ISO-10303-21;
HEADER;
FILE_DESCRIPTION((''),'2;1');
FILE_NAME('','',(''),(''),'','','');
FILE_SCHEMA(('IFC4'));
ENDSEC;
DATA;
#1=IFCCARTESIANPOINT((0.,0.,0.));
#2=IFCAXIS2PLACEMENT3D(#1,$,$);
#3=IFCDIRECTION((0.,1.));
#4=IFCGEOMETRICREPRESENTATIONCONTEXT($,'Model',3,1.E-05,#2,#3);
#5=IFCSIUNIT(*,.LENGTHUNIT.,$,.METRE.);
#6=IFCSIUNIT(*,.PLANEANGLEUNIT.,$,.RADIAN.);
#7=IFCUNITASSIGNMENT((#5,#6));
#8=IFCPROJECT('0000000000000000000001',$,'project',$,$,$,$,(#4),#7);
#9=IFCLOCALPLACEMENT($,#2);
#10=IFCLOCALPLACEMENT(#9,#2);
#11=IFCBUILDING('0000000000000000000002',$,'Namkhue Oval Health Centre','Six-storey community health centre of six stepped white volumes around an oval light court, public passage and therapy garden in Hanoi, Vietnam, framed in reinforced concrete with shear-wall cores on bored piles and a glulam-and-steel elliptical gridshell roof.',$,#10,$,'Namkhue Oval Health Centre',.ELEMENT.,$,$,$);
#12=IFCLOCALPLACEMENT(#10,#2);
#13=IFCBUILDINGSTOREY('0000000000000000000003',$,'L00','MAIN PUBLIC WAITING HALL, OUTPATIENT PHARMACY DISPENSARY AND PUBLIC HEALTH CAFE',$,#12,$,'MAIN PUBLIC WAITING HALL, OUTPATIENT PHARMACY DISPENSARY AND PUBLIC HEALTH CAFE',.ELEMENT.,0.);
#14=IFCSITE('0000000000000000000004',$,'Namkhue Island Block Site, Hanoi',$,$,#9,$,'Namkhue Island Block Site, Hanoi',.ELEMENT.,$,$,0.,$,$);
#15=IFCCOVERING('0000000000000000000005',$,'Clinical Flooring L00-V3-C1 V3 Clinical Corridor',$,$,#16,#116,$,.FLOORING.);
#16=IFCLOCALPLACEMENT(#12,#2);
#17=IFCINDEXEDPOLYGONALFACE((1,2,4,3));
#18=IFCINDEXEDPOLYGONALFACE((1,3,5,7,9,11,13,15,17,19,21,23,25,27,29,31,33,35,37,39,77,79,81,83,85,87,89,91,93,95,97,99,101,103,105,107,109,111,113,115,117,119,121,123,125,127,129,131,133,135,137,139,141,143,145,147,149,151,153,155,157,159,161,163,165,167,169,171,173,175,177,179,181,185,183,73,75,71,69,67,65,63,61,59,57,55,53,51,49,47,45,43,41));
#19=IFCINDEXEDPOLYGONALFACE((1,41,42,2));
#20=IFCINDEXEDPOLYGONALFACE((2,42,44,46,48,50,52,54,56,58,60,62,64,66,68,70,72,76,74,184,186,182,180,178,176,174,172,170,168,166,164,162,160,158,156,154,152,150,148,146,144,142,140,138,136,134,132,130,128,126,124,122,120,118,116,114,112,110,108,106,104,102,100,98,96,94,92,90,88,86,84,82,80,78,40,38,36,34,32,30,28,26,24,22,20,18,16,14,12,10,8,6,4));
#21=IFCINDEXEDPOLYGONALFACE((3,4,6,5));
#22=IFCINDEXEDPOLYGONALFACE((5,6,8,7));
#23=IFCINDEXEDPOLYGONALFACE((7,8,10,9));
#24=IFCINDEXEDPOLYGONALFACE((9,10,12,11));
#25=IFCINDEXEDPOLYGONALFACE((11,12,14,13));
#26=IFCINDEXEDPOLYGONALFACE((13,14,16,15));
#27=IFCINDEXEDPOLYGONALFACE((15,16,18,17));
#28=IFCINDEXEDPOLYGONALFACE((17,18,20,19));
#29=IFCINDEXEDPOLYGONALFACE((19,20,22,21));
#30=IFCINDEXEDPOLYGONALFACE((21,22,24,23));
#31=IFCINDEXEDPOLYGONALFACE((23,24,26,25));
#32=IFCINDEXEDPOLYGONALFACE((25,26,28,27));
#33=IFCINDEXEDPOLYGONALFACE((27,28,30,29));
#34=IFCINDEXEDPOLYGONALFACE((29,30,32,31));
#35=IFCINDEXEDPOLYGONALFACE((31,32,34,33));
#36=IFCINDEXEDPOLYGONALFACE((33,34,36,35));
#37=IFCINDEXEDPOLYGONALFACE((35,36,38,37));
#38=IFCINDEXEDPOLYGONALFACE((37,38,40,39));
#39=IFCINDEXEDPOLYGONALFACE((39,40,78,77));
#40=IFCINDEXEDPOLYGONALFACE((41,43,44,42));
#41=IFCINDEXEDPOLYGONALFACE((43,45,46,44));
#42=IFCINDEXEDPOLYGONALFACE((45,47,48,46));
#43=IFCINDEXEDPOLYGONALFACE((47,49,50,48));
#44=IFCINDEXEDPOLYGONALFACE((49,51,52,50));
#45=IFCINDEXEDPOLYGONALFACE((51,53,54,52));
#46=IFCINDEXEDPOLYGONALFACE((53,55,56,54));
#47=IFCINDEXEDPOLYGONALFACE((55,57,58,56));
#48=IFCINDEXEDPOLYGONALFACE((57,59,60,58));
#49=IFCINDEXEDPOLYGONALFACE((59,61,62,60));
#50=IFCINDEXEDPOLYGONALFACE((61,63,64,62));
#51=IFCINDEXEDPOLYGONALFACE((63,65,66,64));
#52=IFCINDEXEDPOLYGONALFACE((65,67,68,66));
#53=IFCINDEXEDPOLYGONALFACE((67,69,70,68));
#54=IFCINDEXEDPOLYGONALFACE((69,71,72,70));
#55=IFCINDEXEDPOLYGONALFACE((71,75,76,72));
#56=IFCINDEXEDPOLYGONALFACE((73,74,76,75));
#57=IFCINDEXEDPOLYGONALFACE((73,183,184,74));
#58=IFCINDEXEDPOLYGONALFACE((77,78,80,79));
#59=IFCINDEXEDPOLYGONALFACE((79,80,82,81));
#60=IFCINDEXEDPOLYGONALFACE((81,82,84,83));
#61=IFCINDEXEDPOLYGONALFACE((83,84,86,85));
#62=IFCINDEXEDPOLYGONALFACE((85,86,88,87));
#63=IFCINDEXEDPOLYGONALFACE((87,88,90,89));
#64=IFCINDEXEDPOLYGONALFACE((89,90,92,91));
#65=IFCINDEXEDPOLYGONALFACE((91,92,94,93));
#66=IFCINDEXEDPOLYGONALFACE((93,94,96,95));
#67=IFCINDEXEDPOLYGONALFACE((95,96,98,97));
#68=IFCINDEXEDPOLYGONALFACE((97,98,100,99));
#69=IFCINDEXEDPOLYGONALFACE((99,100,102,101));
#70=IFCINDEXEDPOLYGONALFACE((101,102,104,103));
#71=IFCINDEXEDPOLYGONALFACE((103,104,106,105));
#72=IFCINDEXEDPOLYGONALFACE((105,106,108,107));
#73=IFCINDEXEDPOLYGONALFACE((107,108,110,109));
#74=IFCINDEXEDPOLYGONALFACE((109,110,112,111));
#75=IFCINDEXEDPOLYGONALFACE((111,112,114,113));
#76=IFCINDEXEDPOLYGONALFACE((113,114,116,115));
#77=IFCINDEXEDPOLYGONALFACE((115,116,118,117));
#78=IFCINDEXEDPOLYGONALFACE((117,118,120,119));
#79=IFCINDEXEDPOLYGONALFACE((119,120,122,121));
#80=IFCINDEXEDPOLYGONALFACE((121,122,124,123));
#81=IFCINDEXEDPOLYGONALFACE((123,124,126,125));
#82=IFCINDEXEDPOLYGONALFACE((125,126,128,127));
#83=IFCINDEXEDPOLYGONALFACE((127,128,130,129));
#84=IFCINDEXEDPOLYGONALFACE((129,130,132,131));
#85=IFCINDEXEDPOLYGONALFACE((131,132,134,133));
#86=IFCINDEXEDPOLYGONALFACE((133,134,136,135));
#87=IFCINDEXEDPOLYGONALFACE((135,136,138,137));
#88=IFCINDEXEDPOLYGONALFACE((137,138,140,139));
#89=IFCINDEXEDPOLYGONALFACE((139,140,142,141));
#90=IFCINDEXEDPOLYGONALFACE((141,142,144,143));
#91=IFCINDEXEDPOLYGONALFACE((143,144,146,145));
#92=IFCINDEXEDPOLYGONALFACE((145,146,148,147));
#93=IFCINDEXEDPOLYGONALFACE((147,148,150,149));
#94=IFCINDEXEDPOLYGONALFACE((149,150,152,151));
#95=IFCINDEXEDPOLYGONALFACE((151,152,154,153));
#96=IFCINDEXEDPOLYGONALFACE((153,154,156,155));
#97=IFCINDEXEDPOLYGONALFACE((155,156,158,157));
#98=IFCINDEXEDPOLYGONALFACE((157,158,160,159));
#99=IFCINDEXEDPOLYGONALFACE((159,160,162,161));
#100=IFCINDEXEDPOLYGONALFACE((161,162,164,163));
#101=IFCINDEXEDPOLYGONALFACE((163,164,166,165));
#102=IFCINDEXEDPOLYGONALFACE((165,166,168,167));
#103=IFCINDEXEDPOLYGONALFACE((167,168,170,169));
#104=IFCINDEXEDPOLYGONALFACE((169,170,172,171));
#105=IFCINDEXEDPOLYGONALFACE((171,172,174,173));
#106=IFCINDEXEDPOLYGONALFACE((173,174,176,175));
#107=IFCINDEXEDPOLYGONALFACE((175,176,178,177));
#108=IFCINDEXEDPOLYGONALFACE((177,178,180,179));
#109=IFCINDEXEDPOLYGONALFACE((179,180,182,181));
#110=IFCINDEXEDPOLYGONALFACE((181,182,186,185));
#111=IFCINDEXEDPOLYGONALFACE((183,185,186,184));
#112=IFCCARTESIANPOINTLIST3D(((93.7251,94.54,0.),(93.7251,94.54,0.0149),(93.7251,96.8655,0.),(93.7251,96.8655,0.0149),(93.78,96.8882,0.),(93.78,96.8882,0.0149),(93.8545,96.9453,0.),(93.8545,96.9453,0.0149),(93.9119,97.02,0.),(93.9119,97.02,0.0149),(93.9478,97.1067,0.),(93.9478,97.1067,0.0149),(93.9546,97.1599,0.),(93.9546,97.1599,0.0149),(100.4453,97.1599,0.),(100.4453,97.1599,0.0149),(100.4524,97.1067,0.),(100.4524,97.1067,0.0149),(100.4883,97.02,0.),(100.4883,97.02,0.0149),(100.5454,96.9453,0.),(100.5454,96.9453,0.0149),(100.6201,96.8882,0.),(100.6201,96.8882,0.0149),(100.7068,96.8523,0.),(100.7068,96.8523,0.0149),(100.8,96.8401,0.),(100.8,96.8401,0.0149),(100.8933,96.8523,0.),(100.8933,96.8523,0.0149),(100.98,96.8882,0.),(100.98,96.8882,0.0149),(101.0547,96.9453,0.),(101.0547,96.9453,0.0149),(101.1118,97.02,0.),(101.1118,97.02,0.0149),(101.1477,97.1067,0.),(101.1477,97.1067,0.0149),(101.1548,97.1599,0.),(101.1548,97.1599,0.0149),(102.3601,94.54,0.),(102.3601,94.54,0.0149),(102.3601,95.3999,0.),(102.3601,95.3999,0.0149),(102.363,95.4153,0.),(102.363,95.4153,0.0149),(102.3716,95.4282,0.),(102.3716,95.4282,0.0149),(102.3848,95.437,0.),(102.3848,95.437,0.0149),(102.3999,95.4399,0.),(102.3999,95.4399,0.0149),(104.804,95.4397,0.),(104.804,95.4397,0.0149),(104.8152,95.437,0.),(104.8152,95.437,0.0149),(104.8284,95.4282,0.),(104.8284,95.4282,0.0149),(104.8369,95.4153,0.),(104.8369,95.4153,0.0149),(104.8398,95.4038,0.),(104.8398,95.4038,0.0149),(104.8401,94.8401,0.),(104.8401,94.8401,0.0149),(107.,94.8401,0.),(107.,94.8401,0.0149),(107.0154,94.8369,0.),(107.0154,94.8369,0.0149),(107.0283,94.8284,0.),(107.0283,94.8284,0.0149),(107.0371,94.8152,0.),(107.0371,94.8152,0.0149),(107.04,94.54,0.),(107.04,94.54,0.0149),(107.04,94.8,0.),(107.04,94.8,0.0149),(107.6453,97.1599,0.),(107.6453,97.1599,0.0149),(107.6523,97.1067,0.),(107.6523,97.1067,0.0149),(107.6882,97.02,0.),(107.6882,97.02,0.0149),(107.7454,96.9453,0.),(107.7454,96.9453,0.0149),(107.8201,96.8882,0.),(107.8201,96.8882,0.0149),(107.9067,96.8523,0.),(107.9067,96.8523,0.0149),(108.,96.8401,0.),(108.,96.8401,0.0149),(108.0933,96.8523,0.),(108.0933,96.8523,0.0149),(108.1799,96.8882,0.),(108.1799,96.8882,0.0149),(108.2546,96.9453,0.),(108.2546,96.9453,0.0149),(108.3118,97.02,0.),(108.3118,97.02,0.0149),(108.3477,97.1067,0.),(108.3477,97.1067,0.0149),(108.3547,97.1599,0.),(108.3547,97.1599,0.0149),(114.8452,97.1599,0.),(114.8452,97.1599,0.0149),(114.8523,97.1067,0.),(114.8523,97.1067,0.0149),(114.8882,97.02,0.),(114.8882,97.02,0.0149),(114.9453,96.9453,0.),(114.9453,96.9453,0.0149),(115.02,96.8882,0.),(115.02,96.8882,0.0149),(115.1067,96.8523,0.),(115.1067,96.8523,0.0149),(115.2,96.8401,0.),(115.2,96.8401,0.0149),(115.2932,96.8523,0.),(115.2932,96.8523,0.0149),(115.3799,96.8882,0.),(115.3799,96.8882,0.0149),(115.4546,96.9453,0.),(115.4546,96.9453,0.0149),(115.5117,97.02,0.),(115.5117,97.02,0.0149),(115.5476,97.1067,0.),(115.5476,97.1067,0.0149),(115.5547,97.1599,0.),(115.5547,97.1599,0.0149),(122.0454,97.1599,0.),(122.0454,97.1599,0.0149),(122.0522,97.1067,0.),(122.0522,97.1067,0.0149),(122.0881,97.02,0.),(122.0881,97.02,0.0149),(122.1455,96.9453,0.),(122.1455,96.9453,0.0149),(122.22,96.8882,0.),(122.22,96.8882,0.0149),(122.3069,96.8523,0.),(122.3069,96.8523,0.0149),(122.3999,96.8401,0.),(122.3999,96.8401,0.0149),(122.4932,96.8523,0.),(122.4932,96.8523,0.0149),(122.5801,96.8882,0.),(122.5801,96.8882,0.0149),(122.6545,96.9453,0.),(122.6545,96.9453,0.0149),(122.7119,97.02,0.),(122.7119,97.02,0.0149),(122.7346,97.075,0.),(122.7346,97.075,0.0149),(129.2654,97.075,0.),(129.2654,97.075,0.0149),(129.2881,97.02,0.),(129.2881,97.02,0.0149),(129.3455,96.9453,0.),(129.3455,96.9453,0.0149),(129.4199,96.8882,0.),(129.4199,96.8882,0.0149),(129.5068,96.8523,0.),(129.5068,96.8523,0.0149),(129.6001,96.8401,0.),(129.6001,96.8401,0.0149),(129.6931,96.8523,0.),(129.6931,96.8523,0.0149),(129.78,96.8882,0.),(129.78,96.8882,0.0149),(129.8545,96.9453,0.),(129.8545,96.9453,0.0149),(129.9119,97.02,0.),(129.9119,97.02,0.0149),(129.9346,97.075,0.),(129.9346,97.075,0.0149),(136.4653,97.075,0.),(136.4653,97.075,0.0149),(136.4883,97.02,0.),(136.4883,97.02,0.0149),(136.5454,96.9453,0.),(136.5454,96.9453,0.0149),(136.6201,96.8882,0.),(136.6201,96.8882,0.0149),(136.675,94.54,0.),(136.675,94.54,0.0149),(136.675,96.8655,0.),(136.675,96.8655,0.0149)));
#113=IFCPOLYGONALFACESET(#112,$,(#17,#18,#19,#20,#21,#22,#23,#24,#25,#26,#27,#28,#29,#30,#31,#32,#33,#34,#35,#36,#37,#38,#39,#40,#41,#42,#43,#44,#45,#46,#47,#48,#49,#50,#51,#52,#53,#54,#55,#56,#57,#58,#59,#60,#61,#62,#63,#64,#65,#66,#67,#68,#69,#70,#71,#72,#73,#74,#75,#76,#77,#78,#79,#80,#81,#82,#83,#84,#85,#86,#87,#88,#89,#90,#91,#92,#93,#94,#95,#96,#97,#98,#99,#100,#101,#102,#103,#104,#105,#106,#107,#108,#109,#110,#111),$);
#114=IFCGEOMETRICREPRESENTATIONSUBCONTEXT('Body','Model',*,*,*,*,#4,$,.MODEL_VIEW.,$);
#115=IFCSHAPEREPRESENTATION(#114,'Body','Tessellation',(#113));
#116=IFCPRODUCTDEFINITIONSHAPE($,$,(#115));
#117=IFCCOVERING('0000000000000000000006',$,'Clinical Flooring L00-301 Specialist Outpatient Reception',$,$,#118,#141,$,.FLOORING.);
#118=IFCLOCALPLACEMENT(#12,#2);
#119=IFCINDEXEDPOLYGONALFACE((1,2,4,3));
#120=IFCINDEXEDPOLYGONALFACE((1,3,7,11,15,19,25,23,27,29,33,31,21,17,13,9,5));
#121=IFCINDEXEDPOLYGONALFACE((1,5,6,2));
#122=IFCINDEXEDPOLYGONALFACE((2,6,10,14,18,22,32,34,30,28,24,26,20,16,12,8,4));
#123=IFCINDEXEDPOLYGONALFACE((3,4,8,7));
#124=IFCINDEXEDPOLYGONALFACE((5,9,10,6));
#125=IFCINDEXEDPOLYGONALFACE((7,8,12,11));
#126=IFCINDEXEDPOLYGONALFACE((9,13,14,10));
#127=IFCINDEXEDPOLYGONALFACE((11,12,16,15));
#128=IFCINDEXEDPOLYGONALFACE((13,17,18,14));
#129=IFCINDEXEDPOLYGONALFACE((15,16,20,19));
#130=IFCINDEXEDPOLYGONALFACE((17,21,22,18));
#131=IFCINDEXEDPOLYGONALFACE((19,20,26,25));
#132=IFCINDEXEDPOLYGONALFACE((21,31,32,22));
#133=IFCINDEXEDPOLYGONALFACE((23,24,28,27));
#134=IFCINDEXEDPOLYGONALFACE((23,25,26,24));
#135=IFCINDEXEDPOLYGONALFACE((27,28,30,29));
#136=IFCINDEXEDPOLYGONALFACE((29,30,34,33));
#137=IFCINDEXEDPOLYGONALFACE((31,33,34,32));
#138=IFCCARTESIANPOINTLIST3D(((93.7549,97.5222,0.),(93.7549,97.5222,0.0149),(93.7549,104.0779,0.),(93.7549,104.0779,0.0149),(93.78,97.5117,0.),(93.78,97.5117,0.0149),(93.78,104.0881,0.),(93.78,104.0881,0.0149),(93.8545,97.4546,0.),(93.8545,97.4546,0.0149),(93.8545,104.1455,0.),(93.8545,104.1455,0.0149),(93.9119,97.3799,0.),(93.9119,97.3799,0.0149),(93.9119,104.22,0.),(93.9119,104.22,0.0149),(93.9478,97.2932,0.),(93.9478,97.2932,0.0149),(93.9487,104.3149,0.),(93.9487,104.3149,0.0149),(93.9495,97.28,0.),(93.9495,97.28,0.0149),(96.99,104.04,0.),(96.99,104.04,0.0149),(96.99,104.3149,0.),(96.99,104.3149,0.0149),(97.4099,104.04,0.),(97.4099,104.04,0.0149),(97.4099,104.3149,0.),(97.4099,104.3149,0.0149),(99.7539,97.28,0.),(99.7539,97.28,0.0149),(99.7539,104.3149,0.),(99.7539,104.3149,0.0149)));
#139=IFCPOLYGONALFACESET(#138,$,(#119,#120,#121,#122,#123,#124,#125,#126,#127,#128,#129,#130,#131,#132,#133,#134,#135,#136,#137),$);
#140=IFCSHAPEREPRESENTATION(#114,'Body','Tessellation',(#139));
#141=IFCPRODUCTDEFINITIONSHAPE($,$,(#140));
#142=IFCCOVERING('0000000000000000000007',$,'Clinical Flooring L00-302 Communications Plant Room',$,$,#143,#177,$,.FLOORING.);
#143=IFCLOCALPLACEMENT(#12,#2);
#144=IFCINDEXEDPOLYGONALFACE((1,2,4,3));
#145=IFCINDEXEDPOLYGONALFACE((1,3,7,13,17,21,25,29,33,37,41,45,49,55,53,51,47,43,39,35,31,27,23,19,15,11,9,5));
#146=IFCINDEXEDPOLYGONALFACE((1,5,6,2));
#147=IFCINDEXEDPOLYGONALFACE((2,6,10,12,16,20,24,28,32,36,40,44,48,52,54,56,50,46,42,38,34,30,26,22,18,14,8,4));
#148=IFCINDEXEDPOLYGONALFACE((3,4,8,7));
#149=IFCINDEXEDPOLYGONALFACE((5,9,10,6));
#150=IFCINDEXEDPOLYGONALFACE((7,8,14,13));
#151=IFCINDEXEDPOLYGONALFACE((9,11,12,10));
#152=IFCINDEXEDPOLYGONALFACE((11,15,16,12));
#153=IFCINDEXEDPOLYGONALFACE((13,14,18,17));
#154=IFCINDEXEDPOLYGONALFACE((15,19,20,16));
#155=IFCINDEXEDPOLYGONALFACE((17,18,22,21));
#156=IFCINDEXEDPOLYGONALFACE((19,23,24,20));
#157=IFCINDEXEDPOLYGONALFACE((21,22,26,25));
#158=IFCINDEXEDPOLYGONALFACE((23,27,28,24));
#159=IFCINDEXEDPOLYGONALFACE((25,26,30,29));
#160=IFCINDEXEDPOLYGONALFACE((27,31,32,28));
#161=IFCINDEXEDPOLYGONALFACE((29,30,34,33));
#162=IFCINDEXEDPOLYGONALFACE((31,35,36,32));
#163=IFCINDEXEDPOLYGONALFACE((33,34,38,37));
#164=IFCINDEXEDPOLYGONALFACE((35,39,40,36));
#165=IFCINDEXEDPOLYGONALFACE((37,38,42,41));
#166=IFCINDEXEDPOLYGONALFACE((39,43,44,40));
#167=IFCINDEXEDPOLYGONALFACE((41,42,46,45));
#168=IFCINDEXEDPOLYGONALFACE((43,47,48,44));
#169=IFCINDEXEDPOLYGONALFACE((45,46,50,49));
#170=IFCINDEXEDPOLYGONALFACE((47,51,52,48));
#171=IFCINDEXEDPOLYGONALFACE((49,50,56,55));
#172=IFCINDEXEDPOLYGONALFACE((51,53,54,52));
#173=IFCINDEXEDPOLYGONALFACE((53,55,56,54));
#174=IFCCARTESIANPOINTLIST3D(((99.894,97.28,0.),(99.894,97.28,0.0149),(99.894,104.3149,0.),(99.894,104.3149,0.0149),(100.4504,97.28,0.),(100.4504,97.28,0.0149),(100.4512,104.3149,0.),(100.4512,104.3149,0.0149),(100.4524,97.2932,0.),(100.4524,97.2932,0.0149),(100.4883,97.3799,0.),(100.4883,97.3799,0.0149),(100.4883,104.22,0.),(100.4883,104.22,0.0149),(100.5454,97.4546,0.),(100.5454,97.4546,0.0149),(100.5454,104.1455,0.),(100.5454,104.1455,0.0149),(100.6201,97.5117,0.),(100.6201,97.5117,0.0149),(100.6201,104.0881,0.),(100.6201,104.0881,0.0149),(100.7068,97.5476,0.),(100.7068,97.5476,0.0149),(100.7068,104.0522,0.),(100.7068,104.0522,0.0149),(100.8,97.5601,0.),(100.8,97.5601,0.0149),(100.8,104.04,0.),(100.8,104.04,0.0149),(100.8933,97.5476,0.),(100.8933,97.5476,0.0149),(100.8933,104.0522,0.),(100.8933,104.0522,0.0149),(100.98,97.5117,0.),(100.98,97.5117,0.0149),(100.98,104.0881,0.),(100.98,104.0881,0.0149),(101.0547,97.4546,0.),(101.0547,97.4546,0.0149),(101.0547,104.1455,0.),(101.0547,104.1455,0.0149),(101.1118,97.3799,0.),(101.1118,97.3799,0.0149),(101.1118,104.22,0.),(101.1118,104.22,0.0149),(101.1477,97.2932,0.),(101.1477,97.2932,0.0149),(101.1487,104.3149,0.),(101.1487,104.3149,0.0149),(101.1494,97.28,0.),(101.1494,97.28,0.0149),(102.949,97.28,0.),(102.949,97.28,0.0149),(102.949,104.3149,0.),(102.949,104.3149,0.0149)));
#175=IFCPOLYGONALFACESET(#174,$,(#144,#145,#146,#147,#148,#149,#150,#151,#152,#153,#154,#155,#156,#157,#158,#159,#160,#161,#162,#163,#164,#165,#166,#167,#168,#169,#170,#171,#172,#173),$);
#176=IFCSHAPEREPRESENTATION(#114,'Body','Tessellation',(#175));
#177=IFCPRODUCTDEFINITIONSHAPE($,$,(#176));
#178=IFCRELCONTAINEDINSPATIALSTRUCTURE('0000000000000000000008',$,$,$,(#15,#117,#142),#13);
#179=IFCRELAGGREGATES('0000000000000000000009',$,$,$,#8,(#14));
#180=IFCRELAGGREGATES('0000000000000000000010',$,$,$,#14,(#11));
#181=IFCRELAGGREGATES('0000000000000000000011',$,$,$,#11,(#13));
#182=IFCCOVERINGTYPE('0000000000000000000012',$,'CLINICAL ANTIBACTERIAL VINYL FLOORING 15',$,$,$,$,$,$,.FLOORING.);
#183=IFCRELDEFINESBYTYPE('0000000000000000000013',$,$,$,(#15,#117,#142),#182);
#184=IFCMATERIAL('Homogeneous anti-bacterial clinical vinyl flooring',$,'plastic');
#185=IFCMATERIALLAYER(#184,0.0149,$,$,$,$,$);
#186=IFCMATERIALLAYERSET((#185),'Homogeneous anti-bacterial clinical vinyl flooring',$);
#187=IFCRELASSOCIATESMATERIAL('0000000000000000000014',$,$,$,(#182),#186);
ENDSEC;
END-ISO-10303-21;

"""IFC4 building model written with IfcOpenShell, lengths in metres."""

from ifc_helpers import new_model, si_unit, direction, origin, place, context, subcontext, project, spatial, polyline, outline, extrude, material, layer, layer_set, type_object, element, save


model = new_model("IFC4")

# Units and contexts
model_context = context("Model", 3, precision=1e-05, world=origin(), true_north=direction((0.0, 1.0)))
body_context = subcontext(model_context, "Body", "Model", "MODEL_VIEW")
ifc_project = project(units=[si_unit("LENGTHUNIT", "METRE"), si_unit("PLANEANGLEUNIT", "RADIAN")], contexts=[model_context])

# Site, building, storey
site_placement = place(None, origin())
site = spatial("IfcSite", under=ifc_project, at=site_placement, Name="Namkhue Island Block Site, Hanoi", LongName="Namkhue Island Block Site, Hanoi", CompositionType="ELEMENT", RefElevation=0.0)
building_placement = place(site_placement, origin())
building = spatial("IfcBuilding", under=site, at=building_placement, Name="Namkhue Oval Health Centre", Description="Six-storey community health centre of six stepped white volumes around an oval light court, public passage and therapy garden in Hanoi, Vietnam, framed in reinforced concrete with shear-wall cores on bored piles and a glulam-and-steel elliptical gridshell roof.", LongName="Namkhue Oval Health Centre", CompositionType="ELEMENT")
storey_placement = place(building_placement, origin())
storey = spatial("IfcBuildingStorey", under=building, at=storey_placement, Name="L00", Description="MAIN PUBLIC WAITING HALL, OUTPATIENT PHARMACY DISPENSARY AND PUBLIC HEALTH CAFE", LongName="MAIN PUBLIC WAITING HALL, OUTPATIENT PHARMACY DISPENSARY AND PUBLIC HEALTH CAFE", CompositionType="ELEMENT", Elevation=0.0)

# Coverings
ifc_material_1 = material(Name="Homogeneous anti-bacterial clinical vinyl flooring", Category="plastic")
ifc_layer_1 = layer(ifc_material_1, 0.0149)
ifc_layer_set_1 = layer_set([ifc_layer_1], Name="Homogeneous anti-bacterial clinical vinyl flooring")
covering_type = type_object("IfcCoveringType", Name="CLINICAL ANTIBACTERIAL VINYL FLOORING 15", PredefinedType="FLOORING", material=ifc_layer_set_1)
covering_1_placement = place(storey_placement, origin())
element("IfcCovering", 1, at=covering_1_placement, inside=storey, type_object=covering_type, Name="Clinical Flooring L00-V3-C1 V3 Clinical Corridor", PredefinedType="FLOORING", context=body_context, shape_type="SweptSolid", body=[
    extrude(outline(polyline([(107.04, 94.8), (107.0371, 94.8152), (107.0283, 94.8284), (107.0154, 94.8369), (107.0, 94.8401), (104.8401, 94.8401), (104.8398, 95.4038), (104.8369, 95.4153), (104.8284, 95.4282), (104.8152, 95.437), (104.804, 95.4397), (102.3999, 95.4399), (102.3848, 95.437), (102.3716, 95.4282), (102.363, 95.4153), (102.3601, 95.3999), (102.3601, 94.54), (93.7251, 94.54), (93.7251, 96.8655), (93.78, 96.8882), (93.8545, 96.9453), (93.9119, 97.02), (93.9478, 97.1067), (93.9546, 97.1599), (100.4453, 97.1599), (100.4524, 97.1067), (100.4883, 97.02), (100.5454, 96.9453), (100.6201, 96.8882), (100.7068, 96.8523), (100.8, 96.8401), (100.8933, 96.8523), (100.98, 96.8882), (101.0547, 96.9453), (101.1118, 97.02), (101.1477, 97.1067), (101.1548, 97.1599), (107.6453, 97.1599), (107.6523, 97.1067), (107.6882, 97.02), (107.7454, 96.9453), (107.8201, 96.8882), (107.9067, 96.8523), (108.0, 96.8401), (108.0933, 96.8523), (108.1799, 96.8882), (108.2546, 96.9453), (108.3118, 97.02), (108.3477, 97.1067), (108.3547, 97.1599), (114.8452, 97.1599), (114.8523, 97.1067), (114.8882, 97.02), (114.9453, 96.9453), (115.02, 96.8882), (115.1067, 96.8523), (115.2, 96.8401), (115.2932, 96.8523), (115.3799, 96.8882), (115.4546, 96.9453), (115.5117, 97.02), (115.5476, 97.1067), (115.5547, 97.1599), (122.0454, 97.1599), (122.0522, 97.1067), (122.0881, 97.02), (122.1455, 96.9453), (122.22, 96.8882), (122.3069, 96.8523), (122.3999, 96.8401), (122.4932, 96.8523), (122.5801, 96.8882), (122.6545, 96.9453), (122.7119, 97.02), (122.7346, 97.075), (129.2654, 97.075), (129.2881, 97.02), (129.3455, 96.9453), (129.4199, 96.8882), (129.5068, 96.8523), (129.6001, 96.8401), (129.6931, 96.8523), (129.78, 96.8882), (129.8545, 96.9453), (129.9119, 97.02), (129.9346, 97.075), (136.4653, 97.075), (136.4883, 97.02), (136.5454, 96.9453), (136.6201, 96.8882), (136.675, 96.8655), (136.675, 94.54), (107.04, 94.54), (107.04, 94.8)])), origin(), (0.0, 0.0, 1.0), 0.0149),
])
covering_2_placement = place(storey_placement, origin())
element("IfcCovering", 2, at=covering_2_placement, inside=storey, type_object=covering_type, Name="Clinical Flooring L00-301 Specialist Outpatient Reception", PredefinedType="FLOORING", context=body_context, shape_type="SweptSolid", body=[
    extrude(outline(polyline([(93.9495, 97.28), (93.9478, 97.2932), (93.9119, 97.3799), (93.8545, 97.4546), (93.78, 97.5117), (93.7549, 97.5222), (93.7549, 104.0779), (93.78, 104.0881), (93.8545, 104.1455), (93.9119, 104.22), (93.9487, 104.3149), (96.99, 104.3149), (96.99, 104.04), (97.4099, 104.04), (97.4099, 104.3149), (99.7539, 104.3149), (99.7539, 97.28), (93.9495, 97.28)])), origin(), (0.0, 0.0, 1.0), 0.0149),
])
covering_3_placement = place(storey_placement, origin())
element("IfcCovering", 3, at=covering_3_placement, inside=storey, type_object=covering_type, Name="Clinical Flooring L00-302 Communications Plant Room", PredefinedType="FLOORING", context=body_context, shape_type="SweptSolid", body=[
    extrude(outline(polyline([(101.1494, 97.28), (101.1477, 97.2932), (101.1118, 97.3799), (101.0547, 97.4546), (100.98, 97.5117), (100.8933, 97.5476), (100.8, 97.5601), (100.7068, 97.5476), (100.6201, 97.5117), (100.5454, 97.4546), (100.4883, 97.3799), (100.4524, 97.2932), (100.4504, 97.28), (99.894, 97.28), (99.894, 104.3149), (100.4512, 104.3149), (100.4883, 104.22), (100.5454, 104.1455), (100.6201, 104.0881), (100.7068, 104.0522), (100.8, 104.04), (100.8933, 104.0522), (100.98, 104.0881), (101.0547, 104.1455), (101.1118, 104.22), (101.1487, 104.3149), (102.949, 104.3149), (102.949, 97.28), (101.1494, 97.28)])), origin(), (0.0, 0.0, 1.0), 0.0149),
])

save(model, "model.ifc")
